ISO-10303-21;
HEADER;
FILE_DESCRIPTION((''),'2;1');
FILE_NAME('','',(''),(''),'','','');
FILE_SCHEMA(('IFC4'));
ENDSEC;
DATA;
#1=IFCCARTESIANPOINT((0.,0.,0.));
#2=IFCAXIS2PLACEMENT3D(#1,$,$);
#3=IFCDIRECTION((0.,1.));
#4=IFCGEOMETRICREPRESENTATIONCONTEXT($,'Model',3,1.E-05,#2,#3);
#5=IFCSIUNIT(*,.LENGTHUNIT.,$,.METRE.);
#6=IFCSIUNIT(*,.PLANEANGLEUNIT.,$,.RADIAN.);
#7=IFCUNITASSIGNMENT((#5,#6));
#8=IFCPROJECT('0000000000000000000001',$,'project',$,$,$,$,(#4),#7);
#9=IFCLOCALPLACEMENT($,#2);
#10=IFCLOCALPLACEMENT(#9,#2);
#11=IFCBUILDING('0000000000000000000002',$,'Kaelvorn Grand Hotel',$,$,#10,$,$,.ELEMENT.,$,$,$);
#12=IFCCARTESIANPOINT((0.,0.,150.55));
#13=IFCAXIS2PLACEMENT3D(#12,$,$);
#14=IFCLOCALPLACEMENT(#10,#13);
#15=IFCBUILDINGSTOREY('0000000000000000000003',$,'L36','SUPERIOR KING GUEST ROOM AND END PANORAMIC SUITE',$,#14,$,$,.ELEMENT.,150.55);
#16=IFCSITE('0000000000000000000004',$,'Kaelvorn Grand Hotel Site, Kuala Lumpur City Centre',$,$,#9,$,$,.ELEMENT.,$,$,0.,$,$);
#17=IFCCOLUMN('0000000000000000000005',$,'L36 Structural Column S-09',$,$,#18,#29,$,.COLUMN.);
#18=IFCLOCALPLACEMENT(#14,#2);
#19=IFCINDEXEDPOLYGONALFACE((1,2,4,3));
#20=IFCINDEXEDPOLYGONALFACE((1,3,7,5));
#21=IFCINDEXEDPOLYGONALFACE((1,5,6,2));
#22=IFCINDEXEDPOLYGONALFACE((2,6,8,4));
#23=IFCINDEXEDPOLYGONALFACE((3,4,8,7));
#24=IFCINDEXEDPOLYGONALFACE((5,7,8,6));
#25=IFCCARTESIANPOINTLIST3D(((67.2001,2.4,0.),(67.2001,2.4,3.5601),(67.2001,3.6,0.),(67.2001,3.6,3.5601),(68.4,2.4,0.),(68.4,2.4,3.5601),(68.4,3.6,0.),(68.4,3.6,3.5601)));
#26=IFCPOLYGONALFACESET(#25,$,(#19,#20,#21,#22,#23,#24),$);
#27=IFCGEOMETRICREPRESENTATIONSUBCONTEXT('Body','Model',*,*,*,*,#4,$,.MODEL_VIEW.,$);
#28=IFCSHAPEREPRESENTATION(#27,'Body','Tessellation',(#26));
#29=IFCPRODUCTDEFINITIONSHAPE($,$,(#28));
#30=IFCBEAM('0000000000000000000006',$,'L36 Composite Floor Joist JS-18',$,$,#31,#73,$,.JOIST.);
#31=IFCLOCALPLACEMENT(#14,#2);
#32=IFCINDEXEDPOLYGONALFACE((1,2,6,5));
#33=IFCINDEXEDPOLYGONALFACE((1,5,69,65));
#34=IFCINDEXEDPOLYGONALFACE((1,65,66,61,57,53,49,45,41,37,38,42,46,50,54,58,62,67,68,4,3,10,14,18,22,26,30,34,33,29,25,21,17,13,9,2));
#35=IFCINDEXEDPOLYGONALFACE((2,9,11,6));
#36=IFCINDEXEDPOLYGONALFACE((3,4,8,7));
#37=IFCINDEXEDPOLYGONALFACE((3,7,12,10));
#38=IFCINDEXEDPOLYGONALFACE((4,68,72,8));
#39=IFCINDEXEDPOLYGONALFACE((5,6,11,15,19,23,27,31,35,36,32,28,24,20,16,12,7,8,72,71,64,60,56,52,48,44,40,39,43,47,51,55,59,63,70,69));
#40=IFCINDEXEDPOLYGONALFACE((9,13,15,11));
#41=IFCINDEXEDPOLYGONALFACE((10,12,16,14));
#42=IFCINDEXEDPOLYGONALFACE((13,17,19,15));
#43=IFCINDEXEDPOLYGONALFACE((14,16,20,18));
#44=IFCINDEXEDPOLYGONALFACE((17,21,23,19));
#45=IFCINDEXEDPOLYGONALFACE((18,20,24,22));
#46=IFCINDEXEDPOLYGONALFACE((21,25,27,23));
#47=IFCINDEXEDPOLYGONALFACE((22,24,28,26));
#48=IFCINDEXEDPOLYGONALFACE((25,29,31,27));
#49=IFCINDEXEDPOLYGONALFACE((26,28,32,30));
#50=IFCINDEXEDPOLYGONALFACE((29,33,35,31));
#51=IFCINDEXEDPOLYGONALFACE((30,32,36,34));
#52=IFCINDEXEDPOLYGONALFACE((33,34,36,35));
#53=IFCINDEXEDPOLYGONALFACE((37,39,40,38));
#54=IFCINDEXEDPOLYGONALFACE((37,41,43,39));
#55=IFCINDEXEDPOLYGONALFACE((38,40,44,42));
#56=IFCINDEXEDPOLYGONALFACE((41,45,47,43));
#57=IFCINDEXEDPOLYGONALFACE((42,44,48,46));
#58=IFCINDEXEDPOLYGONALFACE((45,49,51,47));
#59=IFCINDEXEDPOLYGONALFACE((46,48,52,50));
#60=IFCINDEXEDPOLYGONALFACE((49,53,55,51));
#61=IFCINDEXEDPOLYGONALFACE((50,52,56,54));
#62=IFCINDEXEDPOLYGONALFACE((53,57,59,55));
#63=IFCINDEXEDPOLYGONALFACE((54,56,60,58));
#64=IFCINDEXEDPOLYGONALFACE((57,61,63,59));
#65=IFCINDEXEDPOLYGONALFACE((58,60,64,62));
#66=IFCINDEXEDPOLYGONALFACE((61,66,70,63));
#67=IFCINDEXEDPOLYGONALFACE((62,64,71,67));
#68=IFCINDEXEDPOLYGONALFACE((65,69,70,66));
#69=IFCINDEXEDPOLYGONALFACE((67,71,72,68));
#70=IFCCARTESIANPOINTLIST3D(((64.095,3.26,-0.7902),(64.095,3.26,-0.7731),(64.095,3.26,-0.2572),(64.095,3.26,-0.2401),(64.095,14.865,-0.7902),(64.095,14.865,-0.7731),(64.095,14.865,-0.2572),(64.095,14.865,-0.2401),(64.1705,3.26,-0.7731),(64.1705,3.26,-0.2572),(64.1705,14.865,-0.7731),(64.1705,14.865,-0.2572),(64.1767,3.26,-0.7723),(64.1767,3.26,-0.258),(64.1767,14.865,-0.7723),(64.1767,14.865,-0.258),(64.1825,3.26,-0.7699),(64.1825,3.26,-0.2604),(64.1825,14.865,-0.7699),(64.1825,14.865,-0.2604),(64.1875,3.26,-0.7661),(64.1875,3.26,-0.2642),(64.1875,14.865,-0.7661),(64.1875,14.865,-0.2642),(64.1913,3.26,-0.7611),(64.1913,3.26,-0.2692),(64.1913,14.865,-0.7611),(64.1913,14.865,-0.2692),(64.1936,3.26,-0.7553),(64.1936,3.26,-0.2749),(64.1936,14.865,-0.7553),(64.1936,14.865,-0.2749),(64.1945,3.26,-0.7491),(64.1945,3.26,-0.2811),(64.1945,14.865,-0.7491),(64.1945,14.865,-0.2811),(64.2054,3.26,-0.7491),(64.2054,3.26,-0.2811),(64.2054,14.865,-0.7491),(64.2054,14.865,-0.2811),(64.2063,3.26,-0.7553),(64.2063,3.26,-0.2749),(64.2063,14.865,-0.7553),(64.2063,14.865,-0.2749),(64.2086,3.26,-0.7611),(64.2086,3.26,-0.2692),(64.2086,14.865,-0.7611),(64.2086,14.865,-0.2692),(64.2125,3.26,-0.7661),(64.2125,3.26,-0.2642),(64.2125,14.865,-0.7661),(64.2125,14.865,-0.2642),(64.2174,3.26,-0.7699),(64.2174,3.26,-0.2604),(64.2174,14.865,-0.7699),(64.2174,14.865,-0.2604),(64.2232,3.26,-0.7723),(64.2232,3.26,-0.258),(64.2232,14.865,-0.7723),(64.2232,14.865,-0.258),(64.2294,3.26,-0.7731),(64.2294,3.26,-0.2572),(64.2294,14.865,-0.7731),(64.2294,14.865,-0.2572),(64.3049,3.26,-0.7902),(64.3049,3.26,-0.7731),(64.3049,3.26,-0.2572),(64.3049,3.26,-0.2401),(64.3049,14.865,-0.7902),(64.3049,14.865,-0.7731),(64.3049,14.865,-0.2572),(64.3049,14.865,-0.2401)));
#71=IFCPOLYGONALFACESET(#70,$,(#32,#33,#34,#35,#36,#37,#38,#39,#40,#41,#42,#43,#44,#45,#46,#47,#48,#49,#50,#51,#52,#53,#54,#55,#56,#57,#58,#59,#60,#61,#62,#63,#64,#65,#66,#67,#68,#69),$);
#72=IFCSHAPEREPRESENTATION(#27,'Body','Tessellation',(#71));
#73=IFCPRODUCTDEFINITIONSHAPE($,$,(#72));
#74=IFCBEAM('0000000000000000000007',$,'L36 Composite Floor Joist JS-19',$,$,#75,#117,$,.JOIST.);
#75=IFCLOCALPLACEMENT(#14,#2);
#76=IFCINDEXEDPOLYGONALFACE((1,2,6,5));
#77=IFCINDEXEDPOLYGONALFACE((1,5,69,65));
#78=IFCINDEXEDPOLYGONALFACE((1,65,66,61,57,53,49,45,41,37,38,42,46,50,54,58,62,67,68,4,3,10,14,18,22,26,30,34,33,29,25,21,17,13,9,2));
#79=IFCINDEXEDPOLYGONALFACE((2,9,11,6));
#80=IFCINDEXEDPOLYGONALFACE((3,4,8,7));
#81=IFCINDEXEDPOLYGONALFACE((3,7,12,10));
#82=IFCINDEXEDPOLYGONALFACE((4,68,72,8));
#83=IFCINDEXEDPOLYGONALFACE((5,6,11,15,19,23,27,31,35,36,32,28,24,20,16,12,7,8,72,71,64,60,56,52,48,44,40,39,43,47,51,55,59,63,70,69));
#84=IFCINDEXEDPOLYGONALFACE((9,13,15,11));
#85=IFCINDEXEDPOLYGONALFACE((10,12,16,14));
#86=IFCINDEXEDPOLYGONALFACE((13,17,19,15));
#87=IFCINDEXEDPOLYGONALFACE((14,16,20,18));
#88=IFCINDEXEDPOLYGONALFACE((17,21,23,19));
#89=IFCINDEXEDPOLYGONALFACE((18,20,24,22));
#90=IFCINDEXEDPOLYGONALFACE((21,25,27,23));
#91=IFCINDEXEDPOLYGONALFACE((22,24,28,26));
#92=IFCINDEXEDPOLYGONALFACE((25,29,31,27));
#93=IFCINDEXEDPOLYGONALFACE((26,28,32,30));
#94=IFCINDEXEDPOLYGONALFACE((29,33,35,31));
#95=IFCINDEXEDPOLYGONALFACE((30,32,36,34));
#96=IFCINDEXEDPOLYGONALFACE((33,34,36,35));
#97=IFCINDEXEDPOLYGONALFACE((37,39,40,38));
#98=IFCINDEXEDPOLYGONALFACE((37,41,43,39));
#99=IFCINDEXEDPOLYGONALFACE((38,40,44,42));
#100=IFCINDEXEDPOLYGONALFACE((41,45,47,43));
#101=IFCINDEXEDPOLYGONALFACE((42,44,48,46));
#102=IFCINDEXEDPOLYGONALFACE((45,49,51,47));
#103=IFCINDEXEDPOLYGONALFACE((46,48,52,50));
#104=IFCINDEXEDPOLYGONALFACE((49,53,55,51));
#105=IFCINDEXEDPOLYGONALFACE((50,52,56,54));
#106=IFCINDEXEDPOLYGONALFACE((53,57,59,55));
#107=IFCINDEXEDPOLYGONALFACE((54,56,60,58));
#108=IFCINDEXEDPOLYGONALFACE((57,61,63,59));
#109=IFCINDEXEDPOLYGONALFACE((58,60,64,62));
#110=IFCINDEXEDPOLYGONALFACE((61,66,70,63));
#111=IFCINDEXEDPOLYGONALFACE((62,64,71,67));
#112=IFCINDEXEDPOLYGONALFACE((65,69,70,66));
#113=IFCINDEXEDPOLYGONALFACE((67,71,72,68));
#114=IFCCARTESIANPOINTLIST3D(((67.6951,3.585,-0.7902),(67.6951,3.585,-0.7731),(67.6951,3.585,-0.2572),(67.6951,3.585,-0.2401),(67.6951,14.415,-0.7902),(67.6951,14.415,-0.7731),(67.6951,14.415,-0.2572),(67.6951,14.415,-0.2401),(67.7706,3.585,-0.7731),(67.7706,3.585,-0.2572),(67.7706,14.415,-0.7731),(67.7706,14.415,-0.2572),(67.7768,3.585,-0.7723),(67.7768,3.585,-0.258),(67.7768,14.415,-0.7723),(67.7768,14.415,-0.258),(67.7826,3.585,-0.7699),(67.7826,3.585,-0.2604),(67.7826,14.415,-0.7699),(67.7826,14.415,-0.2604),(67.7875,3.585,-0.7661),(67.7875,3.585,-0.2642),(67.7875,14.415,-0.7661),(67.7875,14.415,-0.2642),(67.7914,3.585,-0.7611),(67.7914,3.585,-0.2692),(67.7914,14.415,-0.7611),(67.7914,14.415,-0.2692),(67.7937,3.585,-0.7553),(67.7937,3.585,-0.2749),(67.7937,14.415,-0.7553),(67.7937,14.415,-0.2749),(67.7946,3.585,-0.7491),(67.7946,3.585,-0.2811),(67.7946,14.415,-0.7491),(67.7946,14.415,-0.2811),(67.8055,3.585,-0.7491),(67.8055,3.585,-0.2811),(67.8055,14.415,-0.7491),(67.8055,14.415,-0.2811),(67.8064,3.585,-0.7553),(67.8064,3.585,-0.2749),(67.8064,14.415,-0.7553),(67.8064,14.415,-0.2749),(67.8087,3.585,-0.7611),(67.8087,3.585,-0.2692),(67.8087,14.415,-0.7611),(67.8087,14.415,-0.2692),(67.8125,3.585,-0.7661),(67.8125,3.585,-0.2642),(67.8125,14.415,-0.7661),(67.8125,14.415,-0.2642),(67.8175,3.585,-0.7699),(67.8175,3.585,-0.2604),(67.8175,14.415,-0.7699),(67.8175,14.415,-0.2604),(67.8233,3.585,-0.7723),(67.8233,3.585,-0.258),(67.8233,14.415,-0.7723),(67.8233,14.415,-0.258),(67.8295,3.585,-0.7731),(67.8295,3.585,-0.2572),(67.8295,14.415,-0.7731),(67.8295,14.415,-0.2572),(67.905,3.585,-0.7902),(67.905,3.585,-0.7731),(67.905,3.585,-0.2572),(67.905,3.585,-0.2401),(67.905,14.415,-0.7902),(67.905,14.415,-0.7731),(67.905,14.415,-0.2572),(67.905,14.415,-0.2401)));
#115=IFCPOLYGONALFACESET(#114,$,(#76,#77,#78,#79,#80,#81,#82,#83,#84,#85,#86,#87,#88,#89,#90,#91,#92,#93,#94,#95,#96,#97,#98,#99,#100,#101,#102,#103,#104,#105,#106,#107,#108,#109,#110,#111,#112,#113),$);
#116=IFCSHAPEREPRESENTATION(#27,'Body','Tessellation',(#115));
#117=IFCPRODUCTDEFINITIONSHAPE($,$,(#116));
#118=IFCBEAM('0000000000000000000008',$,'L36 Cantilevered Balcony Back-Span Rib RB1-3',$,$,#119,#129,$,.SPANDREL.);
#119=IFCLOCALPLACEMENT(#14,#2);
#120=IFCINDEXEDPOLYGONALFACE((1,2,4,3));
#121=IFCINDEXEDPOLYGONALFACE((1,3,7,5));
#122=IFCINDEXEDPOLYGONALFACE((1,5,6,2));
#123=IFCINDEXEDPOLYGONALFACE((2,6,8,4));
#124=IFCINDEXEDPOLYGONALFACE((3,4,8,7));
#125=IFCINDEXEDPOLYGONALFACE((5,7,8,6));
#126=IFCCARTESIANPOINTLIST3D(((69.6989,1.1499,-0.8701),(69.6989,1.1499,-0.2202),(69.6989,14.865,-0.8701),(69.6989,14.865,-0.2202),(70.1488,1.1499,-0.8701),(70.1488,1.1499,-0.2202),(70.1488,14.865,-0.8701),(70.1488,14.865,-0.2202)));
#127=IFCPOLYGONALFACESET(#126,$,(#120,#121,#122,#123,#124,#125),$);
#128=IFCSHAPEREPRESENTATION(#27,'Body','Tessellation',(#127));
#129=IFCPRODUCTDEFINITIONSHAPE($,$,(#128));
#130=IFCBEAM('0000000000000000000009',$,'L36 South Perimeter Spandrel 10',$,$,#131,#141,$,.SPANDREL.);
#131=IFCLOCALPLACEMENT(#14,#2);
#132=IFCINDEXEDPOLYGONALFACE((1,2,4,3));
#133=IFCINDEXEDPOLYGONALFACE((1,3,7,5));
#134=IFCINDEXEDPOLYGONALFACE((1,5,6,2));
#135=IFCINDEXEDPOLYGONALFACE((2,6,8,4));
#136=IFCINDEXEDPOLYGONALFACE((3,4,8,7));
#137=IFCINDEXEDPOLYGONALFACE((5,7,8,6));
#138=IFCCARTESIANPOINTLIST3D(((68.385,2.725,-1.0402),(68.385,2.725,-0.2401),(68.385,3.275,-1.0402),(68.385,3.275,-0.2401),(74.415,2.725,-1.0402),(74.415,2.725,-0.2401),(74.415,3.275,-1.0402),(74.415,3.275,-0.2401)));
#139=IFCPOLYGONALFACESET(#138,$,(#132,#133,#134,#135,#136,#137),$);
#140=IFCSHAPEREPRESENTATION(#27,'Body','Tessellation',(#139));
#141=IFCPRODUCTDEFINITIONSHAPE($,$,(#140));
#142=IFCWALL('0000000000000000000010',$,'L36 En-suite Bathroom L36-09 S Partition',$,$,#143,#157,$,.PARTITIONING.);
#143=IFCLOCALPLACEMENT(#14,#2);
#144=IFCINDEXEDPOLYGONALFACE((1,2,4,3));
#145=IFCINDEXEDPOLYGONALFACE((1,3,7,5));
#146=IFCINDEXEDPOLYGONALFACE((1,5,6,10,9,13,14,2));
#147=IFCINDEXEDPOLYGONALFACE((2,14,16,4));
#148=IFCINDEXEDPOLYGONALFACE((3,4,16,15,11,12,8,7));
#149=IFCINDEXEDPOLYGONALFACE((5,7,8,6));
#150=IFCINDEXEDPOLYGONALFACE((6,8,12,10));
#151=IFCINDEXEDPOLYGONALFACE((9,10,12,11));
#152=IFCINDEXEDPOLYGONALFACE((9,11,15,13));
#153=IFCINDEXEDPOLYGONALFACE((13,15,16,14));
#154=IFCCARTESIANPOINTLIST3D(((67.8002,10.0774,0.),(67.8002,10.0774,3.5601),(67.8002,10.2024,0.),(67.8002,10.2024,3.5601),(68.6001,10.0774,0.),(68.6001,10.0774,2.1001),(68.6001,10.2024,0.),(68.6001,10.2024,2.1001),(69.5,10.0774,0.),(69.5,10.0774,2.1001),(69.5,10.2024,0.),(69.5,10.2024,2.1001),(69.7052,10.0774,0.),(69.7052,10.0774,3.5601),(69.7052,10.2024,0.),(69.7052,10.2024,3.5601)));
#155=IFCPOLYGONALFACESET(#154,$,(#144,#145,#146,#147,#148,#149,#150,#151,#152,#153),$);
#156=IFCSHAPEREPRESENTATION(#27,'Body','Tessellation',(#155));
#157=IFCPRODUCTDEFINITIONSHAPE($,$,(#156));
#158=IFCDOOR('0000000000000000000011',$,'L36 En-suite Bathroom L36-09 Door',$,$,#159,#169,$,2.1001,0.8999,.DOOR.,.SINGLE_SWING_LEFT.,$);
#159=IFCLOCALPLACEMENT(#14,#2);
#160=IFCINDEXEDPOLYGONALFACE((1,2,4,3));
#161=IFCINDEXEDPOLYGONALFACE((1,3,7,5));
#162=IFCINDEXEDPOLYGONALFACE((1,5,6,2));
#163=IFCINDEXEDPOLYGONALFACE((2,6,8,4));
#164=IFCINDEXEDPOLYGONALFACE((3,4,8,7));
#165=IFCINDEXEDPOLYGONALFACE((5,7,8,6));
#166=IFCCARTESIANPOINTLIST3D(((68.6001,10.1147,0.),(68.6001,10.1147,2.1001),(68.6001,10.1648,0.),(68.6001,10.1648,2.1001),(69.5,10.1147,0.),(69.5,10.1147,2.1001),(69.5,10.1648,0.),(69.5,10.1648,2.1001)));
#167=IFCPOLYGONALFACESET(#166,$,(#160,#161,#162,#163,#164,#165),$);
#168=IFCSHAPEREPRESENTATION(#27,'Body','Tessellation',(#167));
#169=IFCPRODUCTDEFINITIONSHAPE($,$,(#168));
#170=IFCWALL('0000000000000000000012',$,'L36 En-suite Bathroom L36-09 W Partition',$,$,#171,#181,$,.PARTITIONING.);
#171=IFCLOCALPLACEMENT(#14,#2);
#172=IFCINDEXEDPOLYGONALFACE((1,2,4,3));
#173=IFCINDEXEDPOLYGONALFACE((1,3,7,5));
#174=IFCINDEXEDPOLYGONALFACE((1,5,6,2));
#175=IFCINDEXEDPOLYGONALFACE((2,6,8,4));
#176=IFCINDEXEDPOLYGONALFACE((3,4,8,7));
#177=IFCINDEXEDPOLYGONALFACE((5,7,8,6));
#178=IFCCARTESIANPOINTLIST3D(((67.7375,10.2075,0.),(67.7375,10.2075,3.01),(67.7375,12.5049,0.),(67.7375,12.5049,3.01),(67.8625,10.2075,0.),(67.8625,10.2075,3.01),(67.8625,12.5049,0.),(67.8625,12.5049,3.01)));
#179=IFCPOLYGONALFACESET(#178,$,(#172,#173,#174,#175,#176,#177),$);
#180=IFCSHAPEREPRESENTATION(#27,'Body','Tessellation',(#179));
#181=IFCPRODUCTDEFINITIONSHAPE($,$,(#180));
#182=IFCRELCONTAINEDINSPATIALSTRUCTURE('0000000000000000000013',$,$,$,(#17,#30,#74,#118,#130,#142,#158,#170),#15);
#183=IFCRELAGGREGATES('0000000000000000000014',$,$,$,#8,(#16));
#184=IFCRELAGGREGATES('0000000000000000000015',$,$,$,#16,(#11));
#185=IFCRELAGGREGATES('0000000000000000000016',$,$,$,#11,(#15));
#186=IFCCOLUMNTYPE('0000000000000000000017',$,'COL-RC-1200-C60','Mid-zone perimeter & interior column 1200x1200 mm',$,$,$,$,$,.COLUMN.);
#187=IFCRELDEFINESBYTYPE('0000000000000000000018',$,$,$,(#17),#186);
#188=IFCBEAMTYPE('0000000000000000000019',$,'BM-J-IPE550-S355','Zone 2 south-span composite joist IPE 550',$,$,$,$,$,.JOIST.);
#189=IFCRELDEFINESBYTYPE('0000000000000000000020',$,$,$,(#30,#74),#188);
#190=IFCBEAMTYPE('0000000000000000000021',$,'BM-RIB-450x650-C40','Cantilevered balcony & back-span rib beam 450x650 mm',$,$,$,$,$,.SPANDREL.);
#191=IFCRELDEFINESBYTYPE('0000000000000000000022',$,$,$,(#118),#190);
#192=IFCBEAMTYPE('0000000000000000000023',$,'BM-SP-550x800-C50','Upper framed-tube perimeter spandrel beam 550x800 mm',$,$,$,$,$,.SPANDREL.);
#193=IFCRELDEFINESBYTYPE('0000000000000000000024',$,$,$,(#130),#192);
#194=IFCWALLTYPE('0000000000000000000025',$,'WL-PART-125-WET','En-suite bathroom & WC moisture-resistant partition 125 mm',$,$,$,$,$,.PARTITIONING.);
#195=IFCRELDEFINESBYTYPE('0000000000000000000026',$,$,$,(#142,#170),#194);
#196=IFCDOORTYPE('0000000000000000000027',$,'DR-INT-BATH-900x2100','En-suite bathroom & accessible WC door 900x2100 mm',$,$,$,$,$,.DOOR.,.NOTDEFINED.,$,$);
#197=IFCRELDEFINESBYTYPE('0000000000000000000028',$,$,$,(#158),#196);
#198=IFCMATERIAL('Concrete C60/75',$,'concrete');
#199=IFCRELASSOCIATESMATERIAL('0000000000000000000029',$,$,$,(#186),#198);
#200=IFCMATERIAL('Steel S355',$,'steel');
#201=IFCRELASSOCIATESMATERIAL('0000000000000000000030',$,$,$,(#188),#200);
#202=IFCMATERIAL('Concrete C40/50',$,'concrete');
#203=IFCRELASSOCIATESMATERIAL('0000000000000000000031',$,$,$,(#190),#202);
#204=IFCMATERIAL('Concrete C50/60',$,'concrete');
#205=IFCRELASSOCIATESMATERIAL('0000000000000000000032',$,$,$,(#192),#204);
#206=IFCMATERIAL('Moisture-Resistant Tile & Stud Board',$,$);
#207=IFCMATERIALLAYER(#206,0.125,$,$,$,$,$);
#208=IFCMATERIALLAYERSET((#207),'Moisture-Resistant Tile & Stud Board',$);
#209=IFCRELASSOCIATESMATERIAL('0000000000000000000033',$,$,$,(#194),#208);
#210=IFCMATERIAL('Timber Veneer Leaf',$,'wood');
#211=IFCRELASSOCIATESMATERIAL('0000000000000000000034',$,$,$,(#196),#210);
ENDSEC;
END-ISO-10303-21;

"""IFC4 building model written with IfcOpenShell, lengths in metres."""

from ifc_helpers import new_model, si_unit, direction, frame, frame_2d, origin, origin_2d, place, context, subcontext, project, spatial, rectangle, i_section, extrude, material, layer, layer_set, material_profile, profile_set, type_object, element, fill, save


model = new_model("IFC4")

# Units and contexts
model_context = context("Model", 3, precision=1e-05, world=origin(), true_north=direction((0.0, 1.0)))
body_context = subcontext(model_context, "Body", "Model", "MODEL_VIEW")
ifc_project = project(units=[si_unit("LENGTHUNIT", "METRE"), si_unit("PLANEANGLEUNIT", "RADIAN")], contexts=[model_context])

# Site, building, storey
site_placement = place(None, origin())
site = spatial("IfcSite", under=ifc_project, at=site_placement, Name="Kaelvorn Grand Hotel Site, Kuala Lumpur City Centre", CompositionType="ELEMENT", RefElevation=0.0)
building_placement = place(site_placement, origin())
building = spatial("IfcBuilding", under=site, at=building_placement, Name="Kaelvorn Grand Hotel", CompositionType="ELEMENT")
storey_placement = place(building_placement, frame((0.0, 0.0, 150.55)))
storey = spatial("IfcBuildingStorey", under=building, at=storey_placement, Name="L36", Description="SUPERIOR KING GUEST ROOM AND END PANORAMIC SUITE", CompositionType="ELEMENT", Elevation=150.55)

# Column
ifc_material_1 = material(Name="Concrete C60/75", Category="concrete")
ifc_material_profile_1 = material_profile(ifc_material_1, rectangle(XDim=1.2, YDim=1.2, at=origin_2d()), Name="RC COL 1200x1200")
ifc_profile_set_1 = profile_set([ifc_material_profile_1], Name="Concrete C60/75")
column_type = type_object("IfcColumnType", Name="COL-RC-1200-C60", Description="Mid-zone perimeter & interior column 1200x1200 mm", PredefinedType="COLUMN", material=ifc_profile_set_1)
column_placement = place(storey_placement, frame((67.8, 3.0, 0.0), z_axis=(0.0, 0.0, 1.0), x_axis=(1.0, 0.0, 0.0)))
element("IfcColumn", 1, at=column_placement, inside=storey, type_object=column_type, Name="L36 Structural Column S-09", PredefinedType="COLUMN", context=body_context, shape_type="SweptSolid", body=[
    extrude(rectangle(XDim=1.2, YDim=1.2, at=origin_2d()), origin(), (0.0, 0.0, 1.0), 3.5601),
])

# Beams
ifc_material_2 = material(Name="Steel S355", Category="steel")
ifc_material_profile_2 = material_profile(ifc_material_2, i_section(OverallWidth=0.21, OverallDepth=0.55, WebThickness=0.011, FlangeThickness=0.0171, FilletRadius=0.0239, at=origin_2d()), Name="IPE 550")
ifc_profile_set_2 = profile_set([ifc_material_profile_2], Name="Steel S355")
beam_type_1 = type_object("IfcBeamType", Name="BM-J-IPE550-S355", Description="Zone 2 south-span composite joist IPE 550", PredefinedType="JOIST", material=ifc_profile_set_2)
beam_1_placement = place(storey_placement, frame((64.2, 3.26, -0.5151), z_axis=(0.0, 1.0, 0.0), x_axis=(-1.0, 0.0, 0.0)))
element("IfcBeam", 2, at=beam_1_placement, inside=storey, type_object=beam_type_1, Name="L36 Composite Floor Joist JS-18", PredefinedType="JOIST", context=body_context, shape_type="SweptSolid", body=[
    extrude(i_section(OverallWidth=0.21, OverallDepth=0.55, WebThickness=0.011, FlangeThickness=0.0171, FilletRadius=0.0239, at=origin_2d()), origin(), (0.0, 0.0, 1.0), 11.605),
])
beam_2_placement = place(storey_placement, frame((67.8, 3.585, -0.5151), z_axis=(0.0, 1.0, 0.0), x_axis=(-1.0, 0.0, 0.0)))
element("IfcBeam", 3, at=beam_2_placement, inside=storey, type_object=beam_type_1, Name="L36 Composite Floor Joist JS-19", PredefinedType="JOIST", context=body_context, shape_type="SweptSolid", body=[
    extrude(i_section(OverallWidth=0.21, OverallDepth=0.55, WebThickness=0.011, FlangeThickness=0.0171, FilletRadius=0.0239, at=origin_2d()), origin(), (0.0, 0.0, 1.0), 10.8301),
])
ifc_material_3 = material(Name="Concrete C40/50", Category="concrete")
ifc_material_profile_3 = material_profile(ifc_material_3, rectangle(XDim=0.45, YDim=0.6499, at=origin_2d()), Name="RC RIB 450x650")
ifc_profile_set_3 = profile_set([ifc_material_profile_3], Name="Concrete C40/50")
beam_type_2 = type_object("IfcBeamType", Name="BM-RIB-450x650-C40", Description="Cantilevered balcony & back-span rib beam 450x650 mm", PredefinedType="SPANDREL", material=ifc_profile_set_3)
beam_3_placement = place(storey_placement, frame((69.9238, 1.1499, -0.5452), z_axis=(0.0, 1.0, 0.0), x_axis=(-1.0, 0.0, 0.0)))
element("IfcBeam", 4, at=beam_3_placement, inside=storey, type_object=beam_type_2, Name="L36 Cantilevered Balcony Back-Span Rib RB1-3", PredefinedType="SPANDREL", context=body_context, shape_type="SweptSolid", body=[
    extrude(rectangle(XDim=0.45, YDim=0.6499, at=origin_2d()), origin(), (0.0, 0.0, 1.0), 13.7151),
])
ifc_material_4 = material(Name="Concrete C50/60", Category="concrete")
ifc_material_profile_4 = material_profile(ifc_material_4, rectangle(XDim=0.55, YDim=0.8, at=origin_2d()), Name="RC SPANDREL 550x800")
ifc_profile_set_4 = profile_set([ifc_material_profile_4], Name="Concrete C50/60")
beam_type_3 = type_object("IfcBeamType", Name="BM-SP-550x800-C50", Description="Upper framed-tube perimeter spandrel beam 550x800 mm", PredefinedType="SPANDREL", material=ifc_profile_set_4)
beam_4_placement = place(storey_placement, frame((68.385, 3.0, -0.6401), z_axis=(1.0, 0.0, 0.0), x_axis=(0.0, 1.0, 0.0)))
element("IfcBeam", 5, at=beam_4_placement, inside=storey, type_object=beam_type_3, Name="L36 South Perimeter Spandrel 10", PredefinedType="SPANDREL", context=body_context, shape_type="SweptSolid", body=[
    extrude(rectangle(XDim=0.55, YDim=0.8, at=origin_2d()), origin(), (0.0, 0.0, 1.0), 6.03),
])

# Wall, opening, door
ifc_material_5 = material(Name="Moisture-Resistant Tile & Stud Board")
ifc_layer_1 = layer(ifc_material_5, 0.125)
ifc_layer_set_1 = layer_set([ifc_layer_1], Name="Moisture-Resistant Tile & Stud Board")
wall_type_1 = type_object("IfcWallType", Name="WL-PART-125-WET", Description="En-suite bathroom & WC moisture-resistant partition 125 mm", PredefinedType="PARTITIONING", material=ifc_layer_set_1)
wall_1_placement = place(storey_placement, frame((67.8, 10.1399, 0.0), z_axis=(0.0, 0.0, 1.0), x_axis=(1.0, 0.0, 0.0)))
wall_1 = element("IfcWall", 6, at=wall_1_placement, inside=storey, type_object=wall_type_1, Name="L36 En-suite Bathroom L36-09 S Partition", PredefinedType="PARTITIONING", context=body_context, shape_type="SweptSolid", body=[
    extrude(rectangle(XDim=1.905, YDim=0.125, at=frame_2d((0.9526, 0.0))), origin(), (0.0, 0.0, 1.0), 3.5601),
])
opening_1_placement = place(wall_1_placement, frame((0.8, 0.0, 0.0)))
opening_1 = element("IfcOpeningElement", 7, at=opening_1_placement, cuts=wall_1, PredefinedType="OPENING", context=body_context, shape_type="SweptSolid", body=[
    extrude(rectangle(XDim=0.8999, YDim=2.1001, at=frame_2d((0.45, 1.05))), frame((0.0, 0.0725, 0.0), z_axis=(0.0, -1.0, 0.0), x_axis=(1.0, 0.0, 0.0)), (0.0, 0.0, 1.0), 0.145),
])
ifc_material_6 = material(Name="Timber Veneer Leaf", Category="wood")
door_type_1 = type_object("IfcDoorType", Name="DR-INT-BATH-900x2100", Description="En-suite bathroom & accessible WC door 900x2100 mm", OperationType="NOTDEFINED", PredefinedType="DOOR", material=ifc_material_6)
door_1_placement = place(opening_1_placement, origin())
door_1 = element("IfcDoor", 8, at=door_1_placement, inside=storey, type_object=door_type_1, Name="L36 En-suite Bathroom L36-09 Door", OperationType="SINGLE_SWING_LEFT", OverallHeight=2.1001, OverallWidth=0.8999, PredefinedType="DOOR", context=body_context, shape_type="SweptSolid", body=[
    extrude(rectangle(XDim=0.8999, YDim=2.1001, at=frame_2d((0.45, 1.05))), frame((0.0, 0.0249, 0.0), z_axis=(0.0, -1.0, 0.0), x_axis=(1.0, 0.0, 0.0)), (0.0, 0.0, 1.0), 0.05),
])
fill(opening_1, door_1)

# Wall
wall_2_placement = place(storey_placement, frame((67.8, 10.2075, 0.0), z_axis=(0.0, 0.0, 1.0), x_axis=(0.0, 1.0, 0.0)))
element("IfcWall", 9, at=wall_2_placement, inside=storey, type_object=wall_type_1, Name="L36 En-suite Bathroom L36-09 W Partition", PredefinedType="PARTITIONING", context=body_context, shape_type="SweptSolid", body=[
    extrude(rectangle(XDim=2.2974, YDim=0.125, at=frame_2d((1.1487, 0.0))), origin(), (0.0, 0.0, 1.0), 3.01),
])

save(model, "model.ifc")
